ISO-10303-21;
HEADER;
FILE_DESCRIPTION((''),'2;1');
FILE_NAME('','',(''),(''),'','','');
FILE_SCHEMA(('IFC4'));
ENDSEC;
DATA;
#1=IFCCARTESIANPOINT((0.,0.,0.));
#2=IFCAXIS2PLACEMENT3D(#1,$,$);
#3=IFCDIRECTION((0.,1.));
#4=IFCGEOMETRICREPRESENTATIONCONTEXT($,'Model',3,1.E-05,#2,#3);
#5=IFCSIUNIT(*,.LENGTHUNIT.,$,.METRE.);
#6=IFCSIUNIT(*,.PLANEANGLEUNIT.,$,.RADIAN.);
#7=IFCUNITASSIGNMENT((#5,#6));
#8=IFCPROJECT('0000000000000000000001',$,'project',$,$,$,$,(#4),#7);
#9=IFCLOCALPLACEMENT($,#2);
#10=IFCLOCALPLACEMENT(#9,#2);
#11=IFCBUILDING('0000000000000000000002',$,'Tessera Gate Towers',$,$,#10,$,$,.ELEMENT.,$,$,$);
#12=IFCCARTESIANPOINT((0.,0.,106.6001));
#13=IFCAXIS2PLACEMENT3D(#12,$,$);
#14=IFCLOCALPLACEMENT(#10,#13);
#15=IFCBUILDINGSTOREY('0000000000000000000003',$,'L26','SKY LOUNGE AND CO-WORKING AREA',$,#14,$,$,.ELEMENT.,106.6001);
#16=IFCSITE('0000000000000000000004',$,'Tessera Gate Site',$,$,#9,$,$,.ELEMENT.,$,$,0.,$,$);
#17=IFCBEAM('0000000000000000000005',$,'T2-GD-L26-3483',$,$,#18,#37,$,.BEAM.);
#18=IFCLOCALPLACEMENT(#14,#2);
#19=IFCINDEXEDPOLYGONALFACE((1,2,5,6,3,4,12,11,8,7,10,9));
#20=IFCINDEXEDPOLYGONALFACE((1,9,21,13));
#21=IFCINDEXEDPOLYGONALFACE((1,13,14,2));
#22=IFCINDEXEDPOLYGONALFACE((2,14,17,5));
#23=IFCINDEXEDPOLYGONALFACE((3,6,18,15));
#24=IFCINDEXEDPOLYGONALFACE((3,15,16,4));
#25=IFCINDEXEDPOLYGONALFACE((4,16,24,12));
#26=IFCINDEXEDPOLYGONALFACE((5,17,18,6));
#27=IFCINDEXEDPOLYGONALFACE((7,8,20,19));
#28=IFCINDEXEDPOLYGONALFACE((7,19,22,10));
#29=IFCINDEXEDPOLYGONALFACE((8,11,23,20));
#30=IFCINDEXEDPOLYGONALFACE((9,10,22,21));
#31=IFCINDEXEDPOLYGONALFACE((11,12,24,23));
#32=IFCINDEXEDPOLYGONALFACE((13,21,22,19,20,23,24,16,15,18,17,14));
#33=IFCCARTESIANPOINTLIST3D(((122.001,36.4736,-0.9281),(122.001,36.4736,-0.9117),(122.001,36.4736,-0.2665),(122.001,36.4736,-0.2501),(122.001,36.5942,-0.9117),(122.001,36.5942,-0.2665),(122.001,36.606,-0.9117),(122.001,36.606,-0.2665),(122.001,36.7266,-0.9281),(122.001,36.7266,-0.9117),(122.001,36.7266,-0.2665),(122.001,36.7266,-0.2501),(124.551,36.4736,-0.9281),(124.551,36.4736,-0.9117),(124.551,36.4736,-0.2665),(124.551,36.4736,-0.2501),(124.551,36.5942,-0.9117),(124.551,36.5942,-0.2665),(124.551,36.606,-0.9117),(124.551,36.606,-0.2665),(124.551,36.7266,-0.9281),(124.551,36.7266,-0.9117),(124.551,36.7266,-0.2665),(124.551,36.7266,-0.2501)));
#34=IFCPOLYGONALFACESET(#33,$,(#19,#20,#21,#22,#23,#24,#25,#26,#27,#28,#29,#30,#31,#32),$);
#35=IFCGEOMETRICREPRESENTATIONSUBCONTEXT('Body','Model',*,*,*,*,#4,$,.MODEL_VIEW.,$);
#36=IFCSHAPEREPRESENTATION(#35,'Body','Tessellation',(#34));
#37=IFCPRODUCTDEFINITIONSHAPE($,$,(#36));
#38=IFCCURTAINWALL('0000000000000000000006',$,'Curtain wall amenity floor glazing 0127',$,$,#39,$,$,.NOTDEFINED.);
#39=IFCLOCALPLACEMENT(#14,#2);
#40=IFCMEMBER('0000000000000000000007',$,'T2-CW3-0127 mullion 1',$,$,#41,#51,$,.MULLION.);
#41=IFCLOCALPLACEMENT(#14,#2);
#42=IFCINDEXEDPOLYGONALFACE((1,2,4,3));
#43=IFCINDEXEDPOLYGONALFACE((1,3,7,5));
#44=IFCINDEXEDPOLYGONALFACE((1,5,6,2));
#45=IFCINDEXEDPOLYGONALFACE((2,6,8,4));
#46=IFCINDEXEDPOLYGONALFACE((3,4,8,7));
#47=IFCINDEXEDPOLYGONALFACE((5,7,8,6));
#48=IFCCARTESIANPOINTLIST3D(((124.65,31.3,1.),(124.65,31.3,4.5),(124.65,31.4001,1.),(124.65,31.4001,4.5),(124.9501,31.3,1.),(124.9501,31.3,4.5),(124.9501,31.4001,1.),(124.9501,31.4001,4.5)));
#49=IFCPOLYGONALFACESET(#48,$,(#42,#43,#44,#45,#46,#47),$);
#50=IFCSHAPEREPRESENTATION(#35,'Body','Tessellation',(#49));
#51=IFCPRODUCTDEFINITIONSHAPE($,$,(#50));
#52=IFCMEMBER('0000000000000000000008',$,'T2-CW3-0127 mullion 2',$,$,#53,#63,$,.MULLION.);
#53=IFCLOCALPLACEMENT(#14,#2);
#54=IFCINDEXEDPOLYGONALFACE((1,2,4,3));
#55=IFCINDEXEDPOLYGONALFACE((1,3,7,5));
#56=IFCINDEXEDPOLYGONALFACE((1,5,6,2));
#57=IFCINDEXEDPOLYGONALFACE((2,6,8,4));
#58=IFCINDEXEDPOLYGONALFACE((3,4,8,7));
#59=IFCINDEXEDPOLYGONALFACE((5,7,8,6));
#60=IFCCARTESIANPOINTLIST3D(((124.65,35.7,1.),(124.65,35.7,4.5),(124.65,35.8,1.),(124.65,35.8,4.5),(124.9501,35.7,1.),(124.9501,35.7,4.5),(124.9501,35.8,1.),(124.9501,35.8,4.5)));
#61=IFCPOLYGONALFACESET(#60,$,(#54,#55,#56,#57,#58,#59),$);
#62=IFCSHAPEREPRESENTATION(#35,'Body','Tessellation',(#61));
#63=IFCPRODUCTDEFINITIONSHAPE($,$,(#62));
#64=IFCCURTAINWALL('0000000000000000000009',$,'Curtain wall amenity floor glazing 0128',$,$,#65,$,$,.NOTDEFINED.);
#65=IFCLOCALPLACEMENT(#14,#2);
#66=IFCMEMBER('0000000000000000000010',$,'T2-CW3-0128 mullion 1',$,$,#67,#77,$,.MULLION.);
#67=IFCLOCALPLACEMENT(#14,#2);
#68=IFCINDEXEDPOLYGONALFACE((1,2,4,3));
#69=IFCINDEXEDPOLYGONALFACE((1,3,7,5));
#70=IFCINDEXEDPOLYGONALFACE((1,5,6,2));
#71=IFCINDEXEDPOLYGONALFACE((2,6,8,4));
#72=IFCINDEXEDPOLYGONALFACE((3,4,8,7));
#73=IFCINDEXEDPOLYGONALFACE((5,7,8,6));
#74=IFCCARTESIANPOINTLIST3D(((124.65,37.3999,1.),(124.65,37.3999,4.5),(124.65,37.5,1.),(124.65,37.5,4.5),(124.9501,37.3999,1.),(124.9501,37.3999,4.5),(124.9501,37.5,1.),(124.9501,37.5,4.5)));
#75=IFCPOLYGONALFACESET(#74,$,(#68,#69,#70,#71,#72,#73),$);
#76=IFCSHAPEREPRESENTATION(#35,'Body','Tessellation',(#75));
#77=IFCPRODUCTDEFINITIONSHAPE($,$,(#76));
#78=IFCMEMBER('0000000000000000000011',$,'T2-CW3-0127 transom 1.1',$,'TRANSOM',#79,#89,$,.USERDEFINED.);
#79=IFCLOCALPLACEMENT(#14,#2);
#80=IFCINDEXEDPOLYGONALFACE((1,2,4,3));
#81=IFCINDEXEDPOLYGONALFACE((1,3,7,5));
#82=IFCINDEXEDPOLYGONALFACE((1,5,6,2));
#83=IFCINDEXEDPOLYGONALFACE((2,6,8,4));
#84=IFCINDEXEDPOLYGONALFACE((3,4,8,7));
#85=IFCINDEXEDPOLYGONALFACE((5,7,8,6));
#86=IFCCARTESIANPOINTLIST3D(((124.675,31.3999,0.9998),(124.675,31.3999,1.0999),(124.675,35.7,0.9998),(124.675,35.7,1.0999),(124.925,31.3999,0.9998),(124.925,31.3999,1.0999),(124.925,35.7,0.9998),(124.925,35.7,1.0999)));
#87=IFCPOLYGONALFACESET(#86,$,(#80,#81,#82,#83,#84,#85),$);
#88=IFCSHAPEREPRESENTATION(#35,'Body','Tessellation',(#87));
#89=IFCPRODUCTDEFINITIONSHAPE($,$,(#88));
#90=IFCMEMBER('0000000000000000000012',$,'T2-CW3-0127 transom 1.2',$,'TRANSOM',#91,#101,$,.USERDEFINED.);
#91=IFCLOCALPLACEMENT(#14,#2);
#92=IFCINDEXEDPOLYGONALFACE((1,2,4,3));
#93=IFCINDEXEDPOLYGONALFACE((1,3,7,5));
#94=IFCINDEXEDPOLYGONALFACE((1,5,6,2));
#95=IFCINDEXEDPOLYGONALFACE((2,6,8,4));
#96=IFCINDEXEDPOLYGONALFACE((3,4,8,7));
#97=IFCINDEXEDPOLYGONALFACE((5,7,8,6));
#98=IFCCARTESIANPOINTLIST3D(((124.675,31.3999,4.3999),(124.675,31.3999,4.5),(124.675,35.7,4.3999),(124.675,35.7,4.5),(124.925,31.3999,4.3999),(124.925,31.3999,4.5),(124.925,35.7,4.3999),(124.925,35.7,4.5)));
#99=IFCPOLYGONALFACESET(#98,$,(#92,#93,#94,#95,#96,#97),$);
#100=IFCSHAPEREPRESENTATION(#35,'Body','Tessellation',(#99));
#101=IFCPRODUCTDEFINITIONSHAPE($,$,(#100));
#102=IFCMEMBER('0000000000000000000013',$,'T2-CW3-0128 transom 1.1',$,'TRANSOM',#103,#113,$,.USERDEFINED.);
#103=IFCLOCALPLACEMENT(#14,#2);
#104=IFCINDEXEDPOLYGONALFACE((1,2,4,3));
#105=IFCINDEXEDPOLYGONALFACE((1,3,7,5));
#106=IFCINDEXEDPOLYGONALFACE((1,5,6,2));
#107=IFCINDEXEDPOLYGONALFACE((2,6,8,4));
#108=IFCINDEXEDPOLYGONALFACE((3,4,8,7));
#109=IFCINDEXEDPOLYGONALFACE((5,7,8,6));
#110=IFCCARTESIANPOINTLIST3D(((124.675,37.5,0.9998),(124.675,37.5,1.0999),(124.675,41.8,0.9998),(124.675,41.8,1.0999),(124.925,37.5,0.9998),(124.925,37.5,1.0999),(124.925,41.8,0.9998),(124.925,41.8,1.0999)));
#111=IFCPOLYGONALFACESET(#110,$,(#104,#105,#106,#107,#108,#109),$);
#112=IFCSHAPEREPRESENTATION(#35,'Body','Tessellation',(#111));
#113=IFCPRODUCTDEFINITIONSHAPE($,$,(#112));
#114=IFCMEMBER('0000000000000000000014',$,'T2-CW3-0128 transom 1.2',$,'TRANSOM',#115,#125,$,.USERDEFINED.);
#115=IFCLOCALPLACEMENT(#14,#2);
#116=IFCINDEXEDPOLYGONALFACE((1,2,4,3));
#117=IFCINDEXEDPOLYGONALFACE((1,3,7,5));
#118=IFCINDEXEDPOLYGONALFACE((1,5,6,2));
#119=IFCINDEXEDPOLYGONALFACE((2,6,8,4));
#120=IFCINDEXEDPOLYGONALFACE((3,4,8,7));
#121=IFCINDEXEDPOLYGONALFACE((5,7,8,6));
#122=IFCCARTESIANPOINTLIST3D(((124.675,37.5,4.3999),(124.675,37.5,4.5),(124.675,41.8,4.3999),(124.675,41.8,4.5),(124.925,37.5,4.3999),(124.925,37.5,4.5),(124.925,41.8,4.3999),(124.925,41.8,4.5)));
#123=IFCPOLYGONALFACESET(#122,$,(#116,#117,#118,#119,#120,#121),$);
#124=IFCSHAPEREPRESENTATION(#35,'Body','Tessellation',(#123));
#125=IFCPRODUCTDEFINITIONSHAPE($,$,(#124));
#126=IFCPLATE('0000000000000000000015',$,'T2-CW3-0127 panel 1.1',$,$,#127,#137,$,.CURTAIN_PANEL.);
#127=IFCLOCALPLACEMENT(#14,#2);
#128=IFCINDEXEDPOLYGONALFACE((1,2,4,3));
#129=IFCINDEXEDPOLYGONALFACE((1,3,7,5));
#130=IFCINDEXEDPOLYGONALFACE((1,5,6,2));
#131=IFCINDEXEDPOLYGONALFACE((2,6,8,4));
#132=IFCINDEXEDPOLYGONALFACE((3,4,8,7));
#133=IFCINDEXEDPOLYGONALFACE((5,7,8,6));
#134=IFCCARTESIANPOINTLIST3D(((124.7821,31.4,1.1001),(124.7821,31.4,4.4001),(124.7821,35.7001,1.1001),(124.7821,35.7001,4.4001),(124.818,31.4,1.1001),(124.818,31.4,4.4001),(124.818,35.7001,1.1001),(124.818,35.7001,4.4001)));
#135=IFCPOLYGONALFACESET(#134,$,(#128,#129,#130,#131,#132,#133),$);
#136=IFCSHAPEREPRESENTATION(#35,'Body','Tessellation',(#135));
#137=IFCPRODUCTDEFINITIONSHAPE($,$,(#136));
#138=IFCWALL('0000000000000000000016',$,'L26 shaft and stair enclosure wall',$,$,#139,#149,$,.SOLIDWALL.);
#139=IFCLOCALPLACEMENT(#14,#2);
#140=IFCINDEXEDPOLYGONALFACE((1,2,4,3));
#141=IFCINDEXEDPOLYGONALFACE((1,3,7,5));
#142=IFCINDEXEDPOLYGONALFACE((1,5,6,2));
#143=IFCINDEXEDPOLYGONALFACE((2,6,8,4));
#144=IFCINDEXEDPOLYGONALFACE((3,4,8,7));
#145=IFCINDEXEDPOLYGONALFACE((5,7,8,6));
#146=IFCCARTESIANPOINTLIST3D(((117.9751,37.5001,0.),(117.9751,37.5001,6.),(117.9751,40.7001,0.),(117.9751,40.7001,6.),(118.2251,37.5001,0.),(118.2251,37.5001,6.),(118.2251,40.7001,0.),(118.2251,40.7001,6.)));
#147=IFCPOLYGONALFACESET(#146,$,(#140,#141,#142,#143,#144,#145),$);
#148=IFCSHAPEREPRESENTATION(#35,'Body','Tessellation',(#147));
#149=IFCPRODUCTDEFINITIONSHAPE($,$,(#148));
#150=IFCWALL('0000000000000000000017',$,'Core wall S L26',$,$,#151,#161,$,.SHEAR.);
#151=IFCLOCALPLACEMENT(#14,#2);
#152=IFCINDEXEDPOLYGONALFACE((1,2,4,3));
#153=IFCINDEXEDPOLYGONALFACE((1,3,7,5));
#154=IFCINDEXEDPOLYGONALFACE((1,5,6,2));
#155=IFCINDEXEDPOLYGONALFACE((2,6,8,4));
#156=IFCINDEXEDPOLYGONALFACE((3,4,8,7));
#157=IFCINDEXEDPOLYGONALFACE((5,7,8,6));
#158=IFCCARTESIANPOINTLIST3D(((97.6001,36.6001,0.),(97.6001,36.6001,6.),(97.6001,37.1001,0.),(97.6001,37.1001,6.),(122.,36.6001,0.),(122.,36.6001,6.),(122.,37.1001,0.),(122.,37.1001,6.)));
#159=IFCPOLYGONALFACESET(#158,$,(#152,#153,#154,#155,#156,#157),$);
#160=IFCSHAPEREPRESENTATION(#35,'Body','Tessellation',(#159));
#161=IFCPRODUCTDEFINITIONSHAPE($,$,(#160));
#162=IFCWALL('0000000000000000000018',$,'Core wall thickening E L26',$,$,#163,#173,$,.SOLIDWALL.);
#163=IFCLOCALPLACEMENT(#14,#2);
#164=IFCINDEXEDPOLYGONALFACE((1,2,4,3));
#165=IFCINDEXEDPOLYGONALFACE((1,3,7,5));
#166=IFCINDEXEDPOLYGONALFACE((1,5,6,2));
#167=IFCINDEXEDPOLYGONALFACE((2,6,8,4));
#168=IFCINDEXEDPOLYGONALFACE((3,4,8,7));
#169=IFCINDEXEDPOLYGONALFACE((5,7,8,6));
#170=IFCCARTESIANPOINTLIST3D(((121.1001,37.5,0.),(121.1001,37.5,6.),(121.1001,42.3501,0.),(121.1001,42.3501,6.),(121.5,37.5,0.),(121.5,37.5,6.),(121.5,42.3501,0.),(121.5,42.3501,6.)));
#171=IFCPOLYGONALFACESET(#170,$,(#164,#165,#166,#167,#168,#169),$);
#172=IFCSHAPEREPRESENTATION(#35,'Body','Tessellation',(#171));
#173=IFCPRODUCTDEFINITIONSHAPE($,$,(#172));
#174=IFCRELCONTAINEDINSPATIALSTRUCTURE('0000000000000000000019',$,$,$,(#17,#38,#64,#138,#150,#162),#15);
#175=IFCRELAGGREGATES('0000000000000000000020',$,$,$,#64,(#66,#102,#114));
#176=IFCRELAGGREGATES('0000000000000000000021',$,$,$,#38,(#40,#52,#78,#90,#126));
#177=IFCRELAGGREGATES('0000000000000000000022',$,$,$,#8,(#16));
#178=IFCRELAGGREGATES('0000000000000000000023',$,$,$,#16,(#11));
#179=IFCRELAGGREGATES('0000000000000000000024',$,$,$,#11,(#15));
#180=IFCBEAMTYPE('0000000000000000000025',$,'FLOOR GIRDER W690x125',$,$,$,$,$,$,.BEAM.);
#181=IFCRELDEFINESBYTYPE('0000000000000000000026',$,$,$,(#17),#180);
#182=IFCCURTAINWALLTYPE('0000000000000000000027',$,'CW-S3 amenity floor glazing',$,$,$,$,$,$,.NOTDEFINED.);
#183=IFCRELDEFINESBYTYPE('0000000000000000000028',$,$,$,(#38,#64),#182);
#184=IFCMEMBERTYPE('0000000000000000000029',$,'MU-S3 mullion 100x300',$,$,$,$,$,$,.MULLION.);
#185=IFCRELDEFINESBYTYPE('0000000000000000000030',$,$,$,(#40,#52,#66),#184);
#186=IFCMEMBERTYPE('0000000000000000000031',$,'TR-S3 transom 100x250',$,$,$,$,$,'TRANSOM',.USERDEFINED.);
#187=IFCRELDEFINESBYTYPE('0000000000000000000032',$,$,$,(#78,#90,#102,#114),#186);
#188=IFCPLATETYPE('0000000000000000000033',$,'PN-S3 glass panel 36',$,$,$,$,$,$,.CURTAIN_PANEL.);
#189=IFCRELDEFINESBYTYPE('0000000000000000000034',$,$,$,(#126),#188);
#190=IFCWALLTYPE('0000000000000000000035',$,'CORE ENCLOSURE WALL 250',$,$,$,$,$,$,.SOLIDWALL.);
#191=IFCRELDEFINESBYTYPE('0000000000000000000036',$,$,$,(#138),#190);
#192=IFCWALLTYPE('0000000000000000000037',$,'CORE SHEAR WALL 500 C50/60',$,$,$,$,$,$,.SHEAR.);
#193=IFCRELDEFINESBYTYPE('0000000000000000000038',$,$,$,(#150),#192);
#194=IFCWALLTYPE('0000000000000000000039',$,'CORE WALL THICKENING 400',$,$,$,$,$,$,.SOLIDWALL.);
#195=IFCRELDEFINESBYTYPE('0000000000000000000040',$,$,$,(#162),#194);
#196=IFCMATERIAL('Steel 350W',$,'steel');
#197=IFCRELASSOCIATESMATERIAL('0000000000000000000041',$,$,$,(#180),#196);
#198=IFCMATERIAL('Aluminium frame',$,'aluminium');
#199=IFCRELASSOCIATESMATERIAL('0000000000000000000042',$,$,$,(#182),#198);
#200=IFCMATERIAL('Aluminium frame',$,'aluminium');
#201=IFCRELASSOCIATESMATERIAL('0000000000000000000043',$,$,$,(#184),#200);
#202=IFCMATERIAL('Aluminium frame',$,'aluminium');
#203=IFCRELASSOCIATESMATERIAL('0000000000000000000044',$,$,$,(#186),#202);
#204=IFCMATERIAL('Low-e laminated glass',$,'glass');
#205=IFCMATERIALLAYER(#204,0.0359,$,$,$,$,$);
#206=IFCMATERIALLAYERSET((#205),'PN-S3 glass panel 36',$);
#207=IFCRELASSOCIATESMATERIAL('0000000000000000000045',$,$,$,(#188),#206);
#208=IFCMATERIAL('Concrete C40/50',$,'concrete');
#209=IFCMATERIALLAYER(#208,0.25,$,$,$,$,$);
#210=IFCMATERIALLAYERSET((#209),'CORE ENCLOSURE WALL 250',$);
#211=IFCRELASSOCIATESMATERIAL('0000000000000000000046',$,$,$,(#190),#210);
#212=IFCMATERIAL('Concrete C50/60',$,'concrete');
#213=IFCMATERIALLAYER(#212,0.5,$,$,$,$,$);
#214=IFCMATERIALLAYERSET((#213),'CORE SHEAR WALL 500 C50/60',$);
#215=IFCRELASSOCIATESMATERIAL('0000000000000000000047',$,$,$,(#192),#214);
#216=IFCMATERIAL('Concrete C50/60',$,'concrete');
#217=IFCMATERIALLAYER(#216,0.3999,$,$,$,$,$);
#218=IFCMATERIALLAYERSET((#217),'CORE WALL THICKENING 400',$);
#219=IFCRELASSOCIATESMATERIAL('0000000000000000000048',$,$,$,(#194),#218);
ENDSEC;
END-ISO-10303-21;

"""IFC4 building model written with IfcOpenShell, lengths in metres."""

from ifc_helpers import new_model, si_unit, direction, frame, frame_2d, origin, origin_2d, place, context, subcontext, project, spatial, rectangle, i_section, extrude, material, layer, layer_set, material_profile, profile_set, type_object, element, aggregate, save


model = new_model("IFC4")

# Units and contexts
model_context = context("Model", 3, precision=1e-05, world=origin(), true_north=direction((0.0, 1.0)))
body_context = subcontext(model_context, "Body", "Model", "MODEL_VIEW")
ifc_project = project(units=[si_unit("LENGTHUNIT", "METRE"), si_unit("PLANEANGLEUNIT", "RADIAN")], contexts=[model_context])

# Site, building, storey
site_placement = place(None, origin())
site = spatial("IfcSite", under=ifc_project, at=site_placement, Name="Tessera Gate Site", CompositionType="ELEMENT", RefElevation=0.0)
building_placement = place(site_placement, origin())
building = spatial("IfcBuilding", under=site, at=building_placement, Name="Tessera Gate Towers", CompositionType="ELEMENT")
storey_placement = place(building_placement, frame((0.0, 0.0, 106.6001)))
storey = spatial("IfcBuildingStorey", under=building, at=storey_placement, Name="L26", Description="SKY LOUNGE AND CO-WORKING AREA", CompositionType="ELEMENT", Elevation=106.6001)

# Beam
ifc_material_1 = material(Name="Steel 350W", Category="steel")
ifc_material_profile_1 = material_profile(ifc_material_1, i_section(OverallWidth=0.2529, OverallDepth=0.678, WebThickness=0.0117, FlangeThickness=0.0164, at=origin_2d()), Name="W690x125")
ifc_profile_set_1 = profile_set([ifc_material_profile_1], Name="Steel 350W")
beam_type = type_object("IfcBeamType", Name="FLOOR GIRDER W690x125", PredefinedType="BEAM", material=ifc_profile_set_1)
beam_placement = place(storey_placement, frame((122.001, 36.6001, -0.5891), z_axis=(1.0, 0.0, 0.0), x_axis=(0.0, 1.0, 0.0)))
element("IfcBeam", 1, at=beam_placement, inside=storey, type_object=beam_type, Name="T2-GD-L26-3483", PredefinedType="BEAM", context=body_context, shape_type="SweptSolid", body=[
    extrude(i_section(OverallWidth=0.2529, OverallDepth=0.678, WebThickness=0.0117, FlangeThickness=0.0164, at=origin_2d()), origin(), (0.0, 0.0, 1.0), 2.55),
])

# Curtain wall, members
ifc_material_2 = material(Name="Aluminium frame", Category="aluminium")
curtain_wall_type = type_object("IfcCurtainWallType", Name="CW-S3 amenity floor glazing", PredefinedType="NOTDEFINED", material=ifc_material_2)
curtain_wall_1_placement = place(storey_placement, origin())
curtain_wall_1 = element("IfcCurtainWall", 2, at=curtain_wall_1_placement, inside=storey, type_object=curtain_wall_type, Name="Curtain wall amenity floor glazing 0127", PredefinedType="NOTDEFINED")
ifc_material_3 = material(Name="Aluminium frame", Category="aluminium")
ifc_material_profile_2 = material_profile(ifc_material_3, rectangle(XDim=0.1001, YDim=0.3, at=origin_2d()), Name="AL 100x300")
ifc_profile_set_2 = profile_set([ifc_material_profile_2], Name="Aluminium frame")
member_type_1 = type_object("IfcMemberType", Name="MU-S3 mullion 100x300", PredefinedType="MULLION", material=ifc_profile_set_2)
member_1_placement = place(storey_placement, frame((124.8, 31.3501, 1.0), z_axis=(0.0, 0.0, 1.0), x_axis=(0.0, 1.0, 0.0)))
member_1 = element("IfcMember", 3, at=member_1_placement, type_object=member_type_1, Name="T2-CW3-0127 mullion 1", PredefinedType="MULLION", context=body_context, shape_type="SweptSolid", body=[
    extrude(rectangle(XDim=0.1001, YDim=0.3, at=origin_2d()), origin(), (0.0, 0.0, 1.0), 3.5),
])
member_2_placement = place(storey_placement, frame((124.8, 35.75, 1.0), z_axis=(0.0, 0.0, 1.0), x_axis=(0.0, 1.0, 0.0)))
member_2 = element("IfcMember", 4, at=member_2_placement, type_object=member_type_1, Name="T2-CW3-0127 mullion 2", PredefinedType="MULLION", context=body_context, shape_type="SweptSolid", body=[
    extrude(rectangle(XDim=0.1001, YDim=0.3, at=origin_2d()), origin(), (0.0, 0.0, 1.0), 3.5),
])

# Curtain wall, member
curtain_wall_2_placement = place(storey_placement, origin())
curtain_wall_2 = element("IfcCurtainWall", 5, at=curtain_wall_2_placement, inside=storey, type_object=curtain_wall_type, Name="Curtain wall amenity floor glazing 0128", PredefinedType="NOTDEFINED")
member_3_placement = place(storey_placement, frame((124.8, 37.45, 1.0), z_axis=(0.0, 0.0, 1.0), x_axis=(0.0, 1.0, 0.0)))
member_3 = element("IfcMember", 6, at=member_3_placement, type_object=member_type_1, Name="T2-CW3-0128 mullion 1", PredefinedType="MULLION", context=body_context, shape_type="SweptSolid", body=[
    extrude(rectangle(XDim=0.1001, YDim=0.3, at=origin_2d()), origin(), (0.0, 0.0, 1.0), 3.5),
])

# Members
ifc_material_4 = material(Name="Aluminium frame", Category="aluminium")
ifc_material_profile_3 = material_profile(ifc_material_4, rectangle(XDim=0.25, YDim=0.1001, at=origin_2d()), Name="AL 100x250")
ifc_profile_set_3 = profile_set([ifc_material_profile_3], Name="Aluminium frame")
member_type_2 = type_object("IfcMemberType", Name="TR-S3 transom 100x250", ElementType="TRANSOM", PredefinedType="USERDEFINED", material=ifc_profile_set_3)
member_4_placement = place(storey_placement, frame((124.8, 31.3999, 1.0498), z_axis=(0.0, 1.0, 0.0), x_axis=(-1.0, 0.0, 0.0)))
member_4 = element("IfcMember", 7, at=member_4_placement, type_object=member_type_2, Name="T2-CW3-0127 transom 1.1", ObjectType="TRANSOM", PredefinedType="USERDEFINED", context=body_context, shape_type="SweptSolid", body=[
    extrude(rectangle(XDim=0.25, YDim=0.1001, at=origin_2d()), origin(), (0.0, 0.0, 1.0), 4.3),
])
member_5_placement = place(storey_placement, frame((124.8, 31.3999, 4.45), z_axis=(0.0, 1.0, 0.0), x_axis=(-1.0, 0.0, 0.0)))
member_5 = element("IfcMember", 8, at=member_5_placement, type_object=member_type_2, Name="T2-CW3-0127 transom 1.2", ObjectType="TRANSOM", PredefinedType="USERDEFINED", context=body_context, shape_type="SweptSolid", body=[
    extrude(rectangle(XDim=0.25, YDim=0.1001, at=origin_2d()), origin(), (0.0, 0.0, 1.0), 4.3),
])
member_6_placement = place(storey_placement, frame((124.8, 37.5, 1.0498), z_axis=(0.0, 1.0, 0.0), x_axis=(-1.0, 0.0, 0.0)))
member_6 = element("IfcMember", 9, at=member_6_placement, type_object=member_type_2, Name="T2-CW3-0128 transom 1.1", ObjectType="TRANSOM", PredefinedType="USERDEFINED", context=body_context, shape_type="SweptSolid", body=[
    extrude(rectangle(XDim=0.25, YDim=0.1001, at=origin_2d()), origin(), (0.0, 0.0, 1.0), 4.3),
])
member_7_placement = place(storey_placement, frame((124.8, 37.5, 4.45), z_axis=(0.0, 1.0, 0.0), x_axis=(-1.0, 0.0, 0.0)))
member_7 = element("IfcMember", 10, at=member_7_placement, type_object=member_type_2, Name="T2-CW3-0128 transom 1.2", ObjectType="TRANSOM", PredefinedType="USERDEFINED", context=body_context, shape_type="SweptSolid", body=[
    extrude(rectangle(XDim=0.25, YDim=0.1001, at=origin_2d()), origin(), (0.0, 0.0, 1.0), 4.3),
])
aggregate(curtain_wall_2, [member_3, member_6, member_7])

# Plate
ifc_material_5 = material(Name="Low-e laminated glass", Category="glass")
ifc_layer_1 = layer(ifc_material_5, 0.0359)
ifc_layer_set_1 = layer_set([ifc_layer_1], Name="PN-S3 glass panel 36")
plate_type = type_object("IfcPlateType", Name="PN-S3 glass panel 36", PredefinedType="CURTAIN_PANEL", material=ifc_layer_set_1)
plate_placement = place(storey_placement, frame((124.8, 33.55, 1.1001), z_axis=(0.0, 0.0, 1.0), x_axis=(0.0, 1.0, 0.0)))
plate = element("IfcPlate", 11, at=plate_placement, type_object=plate_type, Name="T2-CW3-0127 panel 1.1", PredefinedType="CURTAIN_PANEL", context=body_context, shape_type="SweptSolid", body=[
    extrude(rectangle(XDim=4.3, YDim=0.0359, at=origin_2d()), origin(), (0.0, 0.0, 1.0), 3.3),
])
aggregate(curtain_wall_1, [member_1, member_2, member_4, member_5, plate])

# Walls
ifc_material_6 = material(Name="Concrete C40/50", Category="concrete")
ifc_layer_2 = layer(ifc_material_6, 0.25)
ifc_layer_set_2 = layer_set([ifc_layer_2], Name="CORE ENCLOSURE WALL 250")
wall_type_1 = type_object("IfcWallType", Name="CORE ENCLOSURE WALL 250", PredefinedType="SOLIDWALL", material=ifc_layer_set_2)
wall_1_placement = place(storey_placement, frame((118.1001, 37.5, 0.0), z_axis=(0.0, 0.0, 1.0), x_axis=(0.0, 1.0, 0.0)))
element("IfcWall", 12, at=wall_1_placement, inside=storey, type_object=wall_type_1, Name="L26 shaft and stair enclosure wall", PredefinedType="SOLIDWALL", context=body_context, shape_type="SweptSolid", body=[
    extrude(rectangle(XDim=3.2, YDim=0.25, at=frame_2d((1.6001, 0.0))), origin(), (0.0, 0.0, 1.0), 6.0),
])
ifc_material_7 = material(Name="Concrete C50/60", Category="concrete")
ifc_layer_3 = layer(ifc_material_7, 0.5)
ifc_layer_set_3 = layer_set([ifc_layer_3], Name="CORE SHEAR WALL 500 C50/60")
wall_type_2 = type_object("IfcWallType", Name="CORE SHEAR WALL 500 C50/60", PredefinedType="SHEAR", material=ifc_layer_set_3)
wall_2_placement = place(storey_placement, frame((122.0, 36.8501, 0.0), z_axis=(0.0, 0.0, 1.0), x_axis=(-1.0, 0.0, 0.0)))
element("IfcWall", 13, at=wall_2_placement, inside=storey, type_object=wall_type_2, Name="Core wall S L26", PredefinedType="SHEAR", context=body_context, shape_type="SweptSolid", body=[
    extrude(rectangle(XDim=24.3999, YDim=0.5, at=frame_2d((12.2, 0.0))), origin(), (0.0, 0.0, 1.0), 6.0),
])
ifc_material_8 = material(Name="Concrete C50/60", Category="concrete")
ifc_layer_4 = layer(ifc_material_8, 0.3999)
ifc_layer_set_4 = layer_set([ifc_layer_4], Name="CORE WALL THICKENING 400")
wall_type_3 = type_object("IfcWallType", Name="CORE WALL THICKENING 400", PredefinedType="SOLIDWALL", material=ifc_layer_set_4)
wall_3_placement = place(storey_placement, frame((121.3, 37.5, 0.0), z_axis=(0.0, 0.0, 1.0), x_axis=(0.0, 1.0, 0.0)))
element("IfcWall", 14, at=wall_3_placement, inside=storey, type_object=wall_type_3, Name="Core wall thickening E L26", PredefinedType="SOLIDWALL", context=body_context, shape_type="SweptSolid", body=[
    extrude(rectangle(XDim=4.8501, YDim=0.3999, at=frame_2d((2.425, 0.0))), origin(), (0.0, 0.0, 1.0), 6.0),
])

save(model, "model.ifc")
